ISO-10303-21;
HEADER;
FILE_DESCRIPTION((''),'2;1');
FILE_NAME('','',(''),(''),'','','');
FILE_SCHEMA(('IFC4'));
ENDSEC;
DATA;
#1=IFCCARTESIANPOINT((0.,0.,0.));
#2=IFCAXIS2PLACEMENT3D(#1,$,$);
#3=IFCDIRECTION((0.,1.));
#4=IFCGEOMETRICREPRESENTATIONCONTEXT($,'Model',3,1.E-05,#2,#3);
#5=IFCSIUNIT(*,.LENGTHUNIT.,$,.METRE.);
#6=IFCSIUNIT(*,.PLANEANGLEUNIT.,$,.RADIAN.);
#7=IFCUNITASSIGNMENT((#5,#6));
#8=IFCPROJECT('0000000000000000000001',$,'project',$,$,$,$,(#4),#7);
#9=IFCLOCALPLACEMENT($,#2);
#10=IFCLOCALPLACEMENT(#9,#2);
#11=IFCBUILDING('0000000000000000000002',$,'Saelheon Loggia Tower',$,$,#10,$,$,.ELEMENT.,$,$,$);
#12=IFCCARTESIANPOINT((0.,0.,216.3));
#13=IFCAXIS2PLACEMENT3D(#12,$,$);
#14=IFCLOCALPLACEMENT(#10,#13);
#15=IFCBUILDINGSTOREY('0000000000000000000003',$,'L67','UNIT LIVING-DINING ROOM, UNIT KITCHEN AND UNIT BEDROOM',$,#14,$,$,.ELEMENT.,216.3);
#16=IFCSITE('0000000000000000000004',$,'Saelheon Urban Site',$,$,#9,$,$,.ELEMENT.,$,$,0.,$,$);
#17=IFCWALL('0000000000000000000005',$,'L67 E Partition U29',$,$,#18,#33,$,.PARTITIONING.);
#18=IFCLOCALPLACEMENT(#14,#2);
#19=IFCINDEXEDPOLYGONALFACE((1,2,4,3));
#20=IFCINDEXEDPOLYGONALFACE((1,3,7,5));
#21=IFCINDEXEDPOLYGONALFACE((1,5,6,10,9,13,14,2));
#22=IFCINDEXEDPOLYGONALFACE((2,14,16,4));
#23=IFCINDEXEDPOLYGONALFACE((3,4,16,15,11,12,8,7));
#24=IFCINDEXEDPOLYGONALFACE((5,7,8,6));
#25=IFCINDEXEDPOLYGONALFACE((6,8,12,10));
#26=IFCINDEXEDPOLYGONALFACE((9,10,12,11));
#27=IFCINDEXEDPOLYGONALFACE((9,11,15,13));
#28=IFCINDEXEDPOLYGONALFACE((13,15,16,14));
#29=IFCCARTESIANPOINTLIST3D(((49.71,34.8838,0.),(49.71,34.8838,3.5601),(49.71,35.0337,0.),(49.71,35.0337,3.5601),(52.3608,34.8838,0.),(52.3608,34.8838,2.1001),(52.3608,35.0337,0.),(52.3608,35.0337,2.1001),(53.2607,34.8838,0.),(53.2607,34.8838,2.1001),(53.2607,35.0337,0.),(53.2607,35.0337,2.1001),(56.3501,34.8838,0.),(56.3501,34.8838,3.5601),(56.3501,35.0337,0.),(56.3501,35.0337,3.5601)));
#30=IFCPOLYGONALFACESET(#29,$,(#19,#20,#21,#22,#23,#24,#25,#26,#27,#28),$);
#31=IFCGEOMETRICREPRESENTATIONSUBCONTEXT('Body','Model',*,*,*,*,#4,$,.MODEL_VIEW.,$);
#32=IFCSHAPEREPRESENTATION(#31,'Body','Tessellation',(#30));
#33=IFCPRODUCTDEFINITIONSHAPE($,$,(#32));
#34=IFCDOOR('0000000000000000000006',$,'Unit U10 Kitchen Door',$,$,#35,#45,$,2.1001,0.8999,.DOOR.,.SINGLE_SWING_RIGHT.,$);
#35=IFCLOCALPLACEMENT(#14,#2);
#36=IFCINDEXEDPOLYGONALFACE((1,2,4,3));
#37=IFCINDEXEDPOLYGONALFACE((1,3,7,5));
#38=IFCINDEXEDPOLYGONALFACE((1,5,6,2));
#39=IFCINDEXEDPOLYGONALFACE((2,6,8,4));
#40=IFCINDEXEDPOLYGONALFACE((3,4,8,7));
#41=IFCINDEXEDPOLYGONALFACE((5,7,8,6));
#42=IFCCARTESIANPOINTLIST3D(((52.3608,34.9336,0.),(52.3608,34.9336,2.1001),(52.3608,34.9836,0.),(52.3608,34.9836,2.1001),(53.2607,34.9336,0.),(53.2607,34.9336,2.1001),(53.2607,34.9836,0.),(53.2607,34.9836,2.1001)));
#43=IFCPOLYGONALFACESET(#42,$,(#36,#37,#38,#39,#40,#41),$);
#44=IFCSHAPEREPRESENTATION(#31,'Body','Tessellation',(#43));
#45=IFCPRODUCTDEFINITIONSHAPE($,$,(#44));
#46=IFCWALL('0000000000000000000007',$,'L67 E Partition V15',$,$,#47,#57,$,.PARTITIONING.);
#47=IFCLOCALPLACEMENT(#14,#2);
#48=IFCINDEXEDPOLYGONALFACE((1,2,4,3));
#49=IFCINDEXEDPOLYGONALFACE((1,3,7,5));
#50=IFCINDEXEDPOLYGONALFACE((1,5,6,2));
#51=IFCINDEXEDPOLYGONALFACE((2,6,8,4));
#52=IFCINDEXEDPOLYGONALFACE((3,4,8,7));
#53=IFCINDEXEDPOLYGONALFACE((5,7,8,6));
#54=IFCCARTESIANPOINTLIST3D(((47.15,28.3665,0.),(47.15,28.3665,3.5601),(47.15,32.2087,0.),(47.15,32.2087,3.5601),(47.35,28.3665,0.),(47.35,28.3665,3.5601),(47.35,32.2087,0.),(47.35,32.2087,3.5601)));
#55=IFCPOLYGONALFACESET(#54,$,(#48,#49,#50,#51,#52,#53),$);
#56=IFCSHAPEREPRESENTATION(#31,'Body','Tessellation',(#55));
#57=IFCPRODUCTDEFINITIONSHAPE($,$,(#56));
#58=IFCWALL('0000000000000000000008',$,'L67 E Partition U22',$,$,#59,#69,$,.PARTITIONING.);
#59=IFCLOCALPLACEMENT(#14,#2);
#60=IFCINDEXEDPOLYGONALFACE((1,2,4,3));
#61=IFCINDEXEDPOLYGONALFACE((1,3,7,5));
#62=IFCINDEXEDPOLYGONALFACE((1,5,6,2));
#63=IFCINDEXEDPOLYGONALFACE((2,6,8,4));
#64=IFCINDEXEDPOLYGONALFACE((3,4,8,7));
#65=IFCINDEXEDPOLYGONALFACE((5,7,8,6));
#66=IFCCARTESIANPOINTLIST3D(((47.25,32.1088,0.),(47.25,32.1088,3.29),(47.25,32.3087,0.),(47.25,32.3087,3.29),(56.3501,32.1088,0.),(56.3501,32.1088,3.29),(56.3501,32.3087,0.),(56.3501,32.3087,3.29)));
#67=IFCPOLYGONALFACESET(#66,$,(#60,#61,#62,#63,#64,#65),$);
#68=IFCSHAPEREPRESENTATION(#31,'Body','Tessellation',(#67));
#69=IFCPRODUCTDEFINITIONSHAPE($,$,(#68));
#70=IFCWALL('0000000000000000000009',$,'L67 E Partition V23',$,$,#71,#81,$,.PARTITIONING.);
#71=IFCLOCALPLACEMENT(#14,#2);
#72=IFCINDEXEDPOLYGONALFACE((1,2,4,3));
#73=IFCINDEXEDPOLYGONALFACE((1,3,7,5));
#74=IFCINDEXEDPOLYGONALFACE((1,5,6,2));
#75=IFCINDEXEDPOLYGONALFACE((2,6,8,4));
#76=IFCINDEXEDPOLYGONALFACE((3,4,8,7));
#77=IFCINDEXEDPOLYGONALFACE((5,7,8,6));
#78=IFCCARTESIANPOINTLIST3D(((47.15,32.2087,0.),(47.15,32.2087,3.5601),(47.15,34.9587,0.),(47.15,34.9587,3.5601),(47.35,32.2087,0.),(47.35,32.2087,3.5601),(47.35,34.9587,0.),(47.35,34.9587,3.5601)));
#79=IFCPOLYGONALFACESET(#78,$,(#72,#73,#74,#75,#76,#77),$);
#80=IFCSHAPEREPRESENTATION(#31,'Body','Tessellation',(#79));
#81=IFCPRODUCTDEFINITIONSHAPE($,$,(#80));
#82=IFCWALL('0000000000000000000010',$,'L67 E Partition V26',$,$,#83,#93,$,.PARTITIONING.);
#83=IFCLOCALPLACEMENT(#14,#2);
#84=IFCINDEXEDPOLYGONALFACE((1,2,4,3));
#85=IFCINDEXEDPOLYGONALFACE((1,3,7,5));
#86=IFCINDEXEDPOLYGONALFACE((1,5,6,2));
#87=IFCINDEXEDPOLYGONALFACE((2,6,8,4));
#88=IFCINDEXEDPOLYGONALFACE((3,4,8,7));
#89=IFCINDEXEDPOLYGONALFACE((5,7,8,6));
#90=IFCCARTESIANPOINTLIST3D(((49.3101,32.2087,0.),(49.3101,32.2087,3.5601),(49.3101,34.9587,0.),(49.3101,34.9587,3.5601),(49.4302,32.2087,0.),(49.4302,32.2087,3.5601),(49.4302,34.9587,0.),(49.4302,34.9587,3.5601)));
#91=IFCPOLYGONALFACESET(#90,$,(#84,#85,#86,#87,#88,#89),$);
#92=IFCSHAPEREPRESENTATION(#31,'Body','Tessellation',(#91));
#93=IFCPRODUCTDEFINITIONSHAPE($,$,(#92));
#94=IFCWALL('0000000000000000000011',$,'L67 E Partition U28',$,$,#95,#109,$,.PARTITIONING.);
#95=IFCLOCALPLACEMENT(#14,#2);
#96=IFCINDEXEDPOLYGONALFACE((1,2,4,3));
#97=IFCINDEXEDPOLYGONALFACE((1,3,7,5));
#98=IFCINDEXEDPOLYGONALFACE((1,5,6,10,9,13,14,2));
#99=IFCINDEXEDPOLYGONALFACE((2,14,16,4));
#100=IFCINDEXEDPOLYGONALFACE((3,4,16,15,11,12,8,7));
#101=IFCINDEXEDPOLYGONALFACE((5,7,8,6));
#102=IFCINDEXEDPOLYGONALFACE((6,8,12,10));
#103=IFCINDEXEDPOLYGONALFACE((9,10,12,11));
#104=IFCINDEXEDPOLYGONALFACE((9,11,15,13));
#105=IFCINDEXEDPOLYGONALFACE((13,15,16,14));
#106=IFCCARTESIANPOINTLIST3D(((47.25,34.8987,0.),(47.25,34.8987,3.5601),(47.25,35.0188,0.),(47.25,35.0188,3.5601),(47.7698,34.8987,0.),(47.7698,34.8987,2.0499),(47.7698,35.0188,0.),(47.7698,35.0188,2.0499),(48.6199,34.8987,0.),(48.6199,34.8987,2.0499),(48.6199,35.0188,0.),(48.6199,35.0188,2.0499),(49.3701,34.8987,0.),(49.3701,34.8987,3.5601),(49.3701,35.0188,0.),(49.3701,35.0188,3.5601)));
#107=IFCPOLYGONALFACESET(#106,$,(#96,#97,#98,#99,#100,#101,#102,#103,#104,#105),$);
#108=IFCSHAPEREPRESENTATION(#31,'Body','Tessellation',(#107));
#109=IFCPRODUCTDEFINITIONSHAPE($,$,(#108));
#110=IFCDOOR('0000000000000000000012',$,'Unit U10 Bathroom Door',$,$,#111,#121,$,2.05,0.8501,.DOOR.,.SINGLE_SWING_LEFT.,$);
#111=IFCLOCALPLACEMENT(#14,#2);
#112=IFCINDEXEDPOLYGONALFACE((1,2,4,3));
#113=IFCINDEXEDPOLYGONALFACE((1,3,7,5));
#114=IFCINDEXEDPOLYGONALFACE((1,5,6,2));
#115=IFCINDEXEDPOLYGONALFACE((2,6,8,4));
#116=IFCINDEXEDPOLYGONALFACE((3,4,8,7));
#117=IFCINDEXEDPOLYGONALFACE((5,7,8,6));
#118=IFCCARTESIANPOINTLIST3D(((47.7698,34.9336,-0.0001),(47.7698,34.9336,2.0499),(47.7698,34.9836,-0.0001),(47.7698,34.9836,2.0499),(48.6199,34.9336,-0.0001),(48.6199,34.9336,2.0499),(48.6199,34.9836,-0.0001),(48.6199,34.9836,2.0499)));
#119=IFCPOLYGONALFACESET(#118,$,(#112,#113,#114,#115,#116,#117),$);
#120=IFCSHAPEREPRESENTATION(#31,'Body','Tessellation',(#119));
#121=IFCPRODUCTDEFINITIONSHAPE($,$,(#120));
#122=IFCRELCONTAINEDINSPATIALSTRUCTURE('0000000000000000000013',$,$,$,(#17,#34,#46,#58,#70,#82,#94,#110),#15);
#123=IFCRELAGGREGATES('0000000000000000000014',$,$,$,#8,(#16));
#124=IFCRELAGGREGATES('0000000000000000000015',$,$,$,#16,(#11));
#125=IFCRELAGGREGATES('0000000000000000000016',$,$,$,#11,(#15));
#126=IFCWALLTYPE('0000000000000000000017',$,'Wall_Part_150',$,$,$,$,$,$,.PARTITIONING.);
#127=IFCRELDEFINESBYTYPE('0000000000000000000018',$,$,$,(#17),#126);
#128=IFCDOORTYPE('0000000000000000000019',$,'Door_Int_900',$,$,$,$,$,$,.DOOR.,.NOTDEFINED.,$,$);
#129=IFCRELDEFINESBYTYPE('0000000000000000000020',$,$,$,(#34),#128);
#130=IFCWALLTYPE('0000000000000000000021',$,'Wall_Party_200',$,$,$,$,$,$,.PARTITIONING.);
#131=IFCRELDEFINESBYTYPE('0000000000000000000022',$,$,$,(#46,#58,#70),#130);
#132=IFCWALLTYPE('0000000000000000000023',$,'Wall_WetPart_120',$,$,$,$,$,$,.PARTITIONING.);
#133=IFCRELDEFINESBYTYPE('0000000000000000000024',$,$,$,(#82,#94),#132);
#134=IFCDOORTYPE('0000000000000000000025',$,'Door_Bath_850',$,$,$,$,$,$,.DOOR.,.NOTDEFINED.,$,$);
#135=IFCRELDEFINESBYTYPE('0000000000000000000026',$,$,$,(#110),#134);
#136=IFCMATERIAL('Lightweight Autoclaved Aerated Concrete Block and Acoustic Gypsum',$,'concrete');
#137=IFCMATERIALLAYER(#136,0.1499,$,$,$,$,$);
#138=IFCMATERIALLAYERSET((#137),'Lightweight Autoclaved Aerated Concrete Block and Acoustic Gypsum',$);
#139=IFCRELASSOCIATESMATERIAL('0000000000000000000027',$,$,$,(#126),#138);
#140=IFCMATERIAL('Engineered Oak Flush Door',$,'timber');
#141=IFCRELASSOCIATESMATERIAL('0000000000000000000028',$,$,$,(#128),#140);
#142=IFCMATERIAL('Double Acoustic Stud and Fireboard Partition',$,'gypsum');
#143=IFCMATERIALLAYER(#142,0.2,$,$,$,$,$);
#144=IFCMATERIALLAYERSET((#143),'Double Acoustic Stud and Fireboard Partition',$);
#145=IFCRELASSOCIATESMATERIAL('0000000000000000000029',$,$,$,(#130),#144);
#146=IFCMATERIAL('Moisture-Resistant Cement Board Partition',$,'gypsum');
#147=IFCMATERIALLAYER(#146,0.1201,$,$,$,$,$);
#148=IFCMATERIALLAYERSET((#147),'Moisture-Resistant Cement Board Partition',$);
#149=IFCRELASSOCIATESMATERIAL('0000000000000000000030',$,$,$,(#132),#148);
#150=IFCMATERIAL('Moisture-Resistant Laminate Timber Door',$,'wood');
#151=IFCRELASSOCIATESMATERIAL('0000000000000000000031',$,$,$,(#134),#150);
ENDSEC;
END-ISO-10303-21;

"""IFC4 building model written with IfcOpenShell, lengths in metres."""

from ifc_helpers import new_model, si_unit, direction, frame, frame_2d, origin, place, context, subcontext, project, spatial, rectangle, extrude, source, transform, mapped, material, layer, layer_set, type_object, element, fill, save


model = new_model("IFC4")

# Units and contexts
model_context = context("Model", 3, precision=1e-05, world=origin(), true_north=direction((0.0, 1.0)))
body_context = subcontext(model_context, "Body", "Model", "MODEL_VIEW")
ifc_project = project(units=[si_unit("LENGTHUNIT", "METRE"), si_unit("PLANEANGLEUNIT", "RADIAN")], contexts=[model_context])

# Site, building, storey
site_placement = place(None, origin())
site = spatial("IfcSite", under=ifc_project, at=site_placement, Name="Saelheon Urban Site", CompositionType="ELEMENT", RefElevation=0.0)
building_placement = place(site_placement, origin())
building = spatial("IfcBuilding", under=site, at=building_placement, Name="Saelheon Loggia Tower", CompositionType="ELEMENT")
storey_placement = place(building_placement, frame((0.0, 0.0, 216.3)))
storey = spatial("IfcBuildingStorey", under=building, at=storey_placement, Name="L67", Description="UNIT LIVING-DINING ROOM, UNIT KITCHEN AND UNIT BEDROOM", CompositionType="ELEMENT", Elevation=216.3)

# Shared definitions
ifc_material_1 = material(Name="Lightweight Autoclaved Aerated Concrete Block and Acoustic Gypsum", Category="concrete")
ifc_layer_1 = layer(ifc_material_1, 0.1499)
ifc_layer_set_1 = layer_set([ifc_layer_1], Name="Lightweight Autoclaved Aerated Concrete Block and Acoustic Gypsum")
wall_type_1 = type_object("IfcWallType", Name="Wall_Part_150", PredefinedType="PARTITIONING", material=ifc_layer_set_1)

# Wall, opening, door
ifc_material_2 = material(Name="Engineered Oak Flush Door", Category="timber")
door_type_1 = type_object("IfcDoorType", Name="Door_Int_900", OperationType="NOTDEFINED", PredefinedType="DOOR", material=ifc_material_2)
shared_shape_1 = source(origin(), body_context, "Body", "SweptSolid", [
    extrude(rectangle(XDim=0.8999, YDim=2.1001, at=frame_2d((0.45, 1.05))), frame((0.0, 0.0249, 0.0), z_axis=(0.0, -1.0, 0.0), x_axis=(1.0, 0.0, 0.0)), (0.0, 0.0, 1.0), 0.05),
])
wall_1_placement = place(storey_placement, frame((49.71, 34.9587, 0.0), z_axis=(0.0, 0.0, 1.0), x_axis=(1.0, 0.0, 0.0)))
wall_1 = element("IfcWall", 1, at=wall_1_placement, inside=storey, type_object=wall_type_1, Name="L67 E Partition U29", PredefinedType="PARTITIONING", context=body_context, shape_type="SweptSolid", body=[
    extrude(rectangle(XDim=6.6401, YDim=0.1499, at=frame_2d((3.3201, 0.0))), origin(), (0.0, 0.0, 1.0), 3.5601),
])
opening_1_placement = place(wall_1_placement, frame((2.6509, 0.0, 0.0)))
opening_1 = element("IfcOpeningElement", 2, at=opening_1_placement, cuts=wall_1, PredefinedType="OPENING", context=body_context, shape_type="SweptSolid", body=[
    extrude(rectangle(XDim=0.8999, YDim=2.1001, at=frame_2d((0.45, 1.05))), frame((0.0, 0.0869, 0.0), z_axis=(0.0, -1.0, 0.0), x_axis=(1.0, 0.0, 0.0)), (0.0, 0.0, 1.0), 0.1738),
])
door_1_placement = place(opening_1_placement, origin())
door_1 = element("IfcDoor", 3, at=door_1_placement, inside=storey, type_object=door_type_1, Name="Unit U10 Kitchen Door", OperationType="SINGLE_SWING_RIGHT", OverallHeight=2.1001, OverallWidth=0.8999, PredefinedType="DOOR", context=body_context, shape_type="MappedRepresentation", body=[
    mapped(shared_shape_1, transform((0.0, 0.0, 0.0), scale=1.0)),
])
fill(opening_1, door_1)

# Walls
ifc_material_3 = material(Name="Double Acoustic Stud and Fireboard Partition", Category="gypsum")
ifc_layer_2 = layer(ifc_material_3, 0.2)
ifc_layer_set_2 = layer_set([ifc_layer_2], Name="Double Acoustic Stud and Fireboard Partition")
wall_type_2 = type_object("IfcWallType", Name="Wall_Party_200", PredefinedType="PARTITIONING", material=ifc_layer_set_2)
wall_2_placement = place(storey_placement, frame((47.25, 28.3665, 0.0), z_axis=(0.0, 0.0, 1.0), x_axis=(0.0, 1.0, 0.0)))
element("IfcWall", 4, at=wall_2_placement, inside=storey, type_object=wall_type_2, Name="L67 E Partition V15", PredefinedType="PARTITIONING", context=body_context, shape_type="SweptSolid", body=[
    extrude(rectangle(XDim=3.8423, YDim=0.2, at=frame_2d((1.9211, 0.0))), origin(), (0.0, 0.0, 1.0), 3.5601),
])
wall_3_placement = place(storey_placement, frame((47.25, 32.2087, 0.0), z_axis=(0.0, 0.0, 1.0), x_axis=(1.0, 0.0, 0.0)))
element("IfcWall", 5, at=wall_3_placement, inside=storey, type_object=wall_type_2, Name="L67 E Partition U22", PredefinedType="PARTITIONING", context=body_context, shape_type="SweptSolid", body=[
    extrude(rectangle(XDim=9.1001, YDim=0.2, at=frame_2d((4.55, 0.0))), origin(), (0.0, 0.0, 1.0), 3.29),
])
wall_4_placement = place(storey_placement, frame((47.25, 32.2087, 0.0), z_axis=(0.0, 0.0, 1.0), x_axis=(0.0, 1.0, 0.0)))
element("IfcWall", 6, at=wall_4_placement, inside=storey, type_object=wall_type_2, Name="L67 E Partition V23", PredefinedType="PARTITIONING", context=body_context, shape_type="SweptSolid", body=[
    extrude(rectangle(XDim=2.75, YDim=0.2, at=frame_2d((1.375, 0.0))), origin(), (0.0, 0.0, 1.0), 3.5601),
])

# Wall
ifc_material_4 = material(Name="Moisture-Resistant Cement Board Partition", Category="gypsum")
ifc_layer_3 = layer(ifc_material_4, 0.1201)
ifc_layer_set_3 = layer_set([ifc_layer_3], Name="Moisture-Resistant Cement Board Partition")
wall_type_3 = type_object("IfcWallType", Name="Wall_WetPart_120", PredefinedType="PARTITIONING", material=ifc_layer_set_3)
wall_5_placement = place(storey_placement, frame((49.3701, 32.2087, 0.0), z_axis=(0.0, 0.0, 1.0), x_axis=(0.0, 1.0, 0.0)))
element("IfcWall", 7, at=wall_5_placement, inside=storey, type_object=wall_type_3, Name="L67 E Partition V26", PredefinedType="PARTITIONING", context=body_context, shape_type="SweptSolid", body=[
    extrude(rectangle(XDim=2.75, YDim=0.1201, at=frame_2d((1.375, 0.0))), origin(), (0.0, 0.0, 1.0), 3.5601),
])

# Wall, opening, door
wall_6_placement = place(storey_placement, frame((47.25, 34.9587, 0.0), z_axis=(0.0, 0.0, 1.0), x_axis=(1.0, 0.0, 0.0)))
wall_6 = element("IfcWall", 8, at=wall_6_placement, inside=storey, type_object=wall_type_3, Name="L67 E Partition U28", PredefinedType="PARTITIONING", context=body_context, shape_type="SweptSolid", body=[
    extrude(rectangle(XDim=2.1201, YDim=0.1201, at=frame_2d((1.0601, 0.0))), origin(), (0.0, 0.0, 1.0), 3.5601),
])
opening_2_placement = place(wall_6_placement, frame((0.5198, 0.0, 0.0)))
opening_2 = element("IfcOpeningElement", 9, at=opening_2_placement, cuts=wall_6, PredefinedType="OPENING", context=body_context, shape_type="SweptSolid", body=[
    extrude(rectangle(XDim=0.8501, YDim=2.05, at=frame_2d((0.425, 1.0249))), frame((0.0, 0.072, 0.0), z_axis=(0.0, -1.0, 0.0), x_axis=(1.0, 0.0, 0.0)), (0.0, 0.0, 1.0), 0.144),
])
ifc_material_5 = material(Name="Moisture-Resistant Laminate Timber Door", Category="wood")
door_type_2 = type_object("IfcDoorType", Name="Door_Bath_850", OperationType="NOTDEFINED", PredefinedType="DOOR", material=ifc_material_5)
shared_shape_2 = source(origin(), body_context, "Body", "SweptSolid", [
    extrude(rectangle(XDim=0.8501, YDim=2.05, at=frame_2d((0.425, 1.0249))), frame((0.0, 0.0249, 0.0), z_axis=(0.0, -1.0, 0.0), x_axis=(1.0, 0.0, 0.0)), (0.0, 0.0, 1.0), 0.05),
])
door_2_placement = place(opening_2_placement, origin())
door_2 = element("IfcDoor", 10, at=door_2_placement, inside=storey, type_object=door_type_2, Name="Unit U10 Bathroom Door", OperationType="SINGLE_SWING_LEFT", OverallHeight=2.05, OverallWidth=0.8501, PredefinedType="DOOR", context=body_context, shape_type="MappedRepresentation", body=[
    mapped(shared_shape_2, transform((0.0, 0.0, 0.0), scale=1.0)),
])
fill(opening_2, door_2)

save(model, "model.ifc")
